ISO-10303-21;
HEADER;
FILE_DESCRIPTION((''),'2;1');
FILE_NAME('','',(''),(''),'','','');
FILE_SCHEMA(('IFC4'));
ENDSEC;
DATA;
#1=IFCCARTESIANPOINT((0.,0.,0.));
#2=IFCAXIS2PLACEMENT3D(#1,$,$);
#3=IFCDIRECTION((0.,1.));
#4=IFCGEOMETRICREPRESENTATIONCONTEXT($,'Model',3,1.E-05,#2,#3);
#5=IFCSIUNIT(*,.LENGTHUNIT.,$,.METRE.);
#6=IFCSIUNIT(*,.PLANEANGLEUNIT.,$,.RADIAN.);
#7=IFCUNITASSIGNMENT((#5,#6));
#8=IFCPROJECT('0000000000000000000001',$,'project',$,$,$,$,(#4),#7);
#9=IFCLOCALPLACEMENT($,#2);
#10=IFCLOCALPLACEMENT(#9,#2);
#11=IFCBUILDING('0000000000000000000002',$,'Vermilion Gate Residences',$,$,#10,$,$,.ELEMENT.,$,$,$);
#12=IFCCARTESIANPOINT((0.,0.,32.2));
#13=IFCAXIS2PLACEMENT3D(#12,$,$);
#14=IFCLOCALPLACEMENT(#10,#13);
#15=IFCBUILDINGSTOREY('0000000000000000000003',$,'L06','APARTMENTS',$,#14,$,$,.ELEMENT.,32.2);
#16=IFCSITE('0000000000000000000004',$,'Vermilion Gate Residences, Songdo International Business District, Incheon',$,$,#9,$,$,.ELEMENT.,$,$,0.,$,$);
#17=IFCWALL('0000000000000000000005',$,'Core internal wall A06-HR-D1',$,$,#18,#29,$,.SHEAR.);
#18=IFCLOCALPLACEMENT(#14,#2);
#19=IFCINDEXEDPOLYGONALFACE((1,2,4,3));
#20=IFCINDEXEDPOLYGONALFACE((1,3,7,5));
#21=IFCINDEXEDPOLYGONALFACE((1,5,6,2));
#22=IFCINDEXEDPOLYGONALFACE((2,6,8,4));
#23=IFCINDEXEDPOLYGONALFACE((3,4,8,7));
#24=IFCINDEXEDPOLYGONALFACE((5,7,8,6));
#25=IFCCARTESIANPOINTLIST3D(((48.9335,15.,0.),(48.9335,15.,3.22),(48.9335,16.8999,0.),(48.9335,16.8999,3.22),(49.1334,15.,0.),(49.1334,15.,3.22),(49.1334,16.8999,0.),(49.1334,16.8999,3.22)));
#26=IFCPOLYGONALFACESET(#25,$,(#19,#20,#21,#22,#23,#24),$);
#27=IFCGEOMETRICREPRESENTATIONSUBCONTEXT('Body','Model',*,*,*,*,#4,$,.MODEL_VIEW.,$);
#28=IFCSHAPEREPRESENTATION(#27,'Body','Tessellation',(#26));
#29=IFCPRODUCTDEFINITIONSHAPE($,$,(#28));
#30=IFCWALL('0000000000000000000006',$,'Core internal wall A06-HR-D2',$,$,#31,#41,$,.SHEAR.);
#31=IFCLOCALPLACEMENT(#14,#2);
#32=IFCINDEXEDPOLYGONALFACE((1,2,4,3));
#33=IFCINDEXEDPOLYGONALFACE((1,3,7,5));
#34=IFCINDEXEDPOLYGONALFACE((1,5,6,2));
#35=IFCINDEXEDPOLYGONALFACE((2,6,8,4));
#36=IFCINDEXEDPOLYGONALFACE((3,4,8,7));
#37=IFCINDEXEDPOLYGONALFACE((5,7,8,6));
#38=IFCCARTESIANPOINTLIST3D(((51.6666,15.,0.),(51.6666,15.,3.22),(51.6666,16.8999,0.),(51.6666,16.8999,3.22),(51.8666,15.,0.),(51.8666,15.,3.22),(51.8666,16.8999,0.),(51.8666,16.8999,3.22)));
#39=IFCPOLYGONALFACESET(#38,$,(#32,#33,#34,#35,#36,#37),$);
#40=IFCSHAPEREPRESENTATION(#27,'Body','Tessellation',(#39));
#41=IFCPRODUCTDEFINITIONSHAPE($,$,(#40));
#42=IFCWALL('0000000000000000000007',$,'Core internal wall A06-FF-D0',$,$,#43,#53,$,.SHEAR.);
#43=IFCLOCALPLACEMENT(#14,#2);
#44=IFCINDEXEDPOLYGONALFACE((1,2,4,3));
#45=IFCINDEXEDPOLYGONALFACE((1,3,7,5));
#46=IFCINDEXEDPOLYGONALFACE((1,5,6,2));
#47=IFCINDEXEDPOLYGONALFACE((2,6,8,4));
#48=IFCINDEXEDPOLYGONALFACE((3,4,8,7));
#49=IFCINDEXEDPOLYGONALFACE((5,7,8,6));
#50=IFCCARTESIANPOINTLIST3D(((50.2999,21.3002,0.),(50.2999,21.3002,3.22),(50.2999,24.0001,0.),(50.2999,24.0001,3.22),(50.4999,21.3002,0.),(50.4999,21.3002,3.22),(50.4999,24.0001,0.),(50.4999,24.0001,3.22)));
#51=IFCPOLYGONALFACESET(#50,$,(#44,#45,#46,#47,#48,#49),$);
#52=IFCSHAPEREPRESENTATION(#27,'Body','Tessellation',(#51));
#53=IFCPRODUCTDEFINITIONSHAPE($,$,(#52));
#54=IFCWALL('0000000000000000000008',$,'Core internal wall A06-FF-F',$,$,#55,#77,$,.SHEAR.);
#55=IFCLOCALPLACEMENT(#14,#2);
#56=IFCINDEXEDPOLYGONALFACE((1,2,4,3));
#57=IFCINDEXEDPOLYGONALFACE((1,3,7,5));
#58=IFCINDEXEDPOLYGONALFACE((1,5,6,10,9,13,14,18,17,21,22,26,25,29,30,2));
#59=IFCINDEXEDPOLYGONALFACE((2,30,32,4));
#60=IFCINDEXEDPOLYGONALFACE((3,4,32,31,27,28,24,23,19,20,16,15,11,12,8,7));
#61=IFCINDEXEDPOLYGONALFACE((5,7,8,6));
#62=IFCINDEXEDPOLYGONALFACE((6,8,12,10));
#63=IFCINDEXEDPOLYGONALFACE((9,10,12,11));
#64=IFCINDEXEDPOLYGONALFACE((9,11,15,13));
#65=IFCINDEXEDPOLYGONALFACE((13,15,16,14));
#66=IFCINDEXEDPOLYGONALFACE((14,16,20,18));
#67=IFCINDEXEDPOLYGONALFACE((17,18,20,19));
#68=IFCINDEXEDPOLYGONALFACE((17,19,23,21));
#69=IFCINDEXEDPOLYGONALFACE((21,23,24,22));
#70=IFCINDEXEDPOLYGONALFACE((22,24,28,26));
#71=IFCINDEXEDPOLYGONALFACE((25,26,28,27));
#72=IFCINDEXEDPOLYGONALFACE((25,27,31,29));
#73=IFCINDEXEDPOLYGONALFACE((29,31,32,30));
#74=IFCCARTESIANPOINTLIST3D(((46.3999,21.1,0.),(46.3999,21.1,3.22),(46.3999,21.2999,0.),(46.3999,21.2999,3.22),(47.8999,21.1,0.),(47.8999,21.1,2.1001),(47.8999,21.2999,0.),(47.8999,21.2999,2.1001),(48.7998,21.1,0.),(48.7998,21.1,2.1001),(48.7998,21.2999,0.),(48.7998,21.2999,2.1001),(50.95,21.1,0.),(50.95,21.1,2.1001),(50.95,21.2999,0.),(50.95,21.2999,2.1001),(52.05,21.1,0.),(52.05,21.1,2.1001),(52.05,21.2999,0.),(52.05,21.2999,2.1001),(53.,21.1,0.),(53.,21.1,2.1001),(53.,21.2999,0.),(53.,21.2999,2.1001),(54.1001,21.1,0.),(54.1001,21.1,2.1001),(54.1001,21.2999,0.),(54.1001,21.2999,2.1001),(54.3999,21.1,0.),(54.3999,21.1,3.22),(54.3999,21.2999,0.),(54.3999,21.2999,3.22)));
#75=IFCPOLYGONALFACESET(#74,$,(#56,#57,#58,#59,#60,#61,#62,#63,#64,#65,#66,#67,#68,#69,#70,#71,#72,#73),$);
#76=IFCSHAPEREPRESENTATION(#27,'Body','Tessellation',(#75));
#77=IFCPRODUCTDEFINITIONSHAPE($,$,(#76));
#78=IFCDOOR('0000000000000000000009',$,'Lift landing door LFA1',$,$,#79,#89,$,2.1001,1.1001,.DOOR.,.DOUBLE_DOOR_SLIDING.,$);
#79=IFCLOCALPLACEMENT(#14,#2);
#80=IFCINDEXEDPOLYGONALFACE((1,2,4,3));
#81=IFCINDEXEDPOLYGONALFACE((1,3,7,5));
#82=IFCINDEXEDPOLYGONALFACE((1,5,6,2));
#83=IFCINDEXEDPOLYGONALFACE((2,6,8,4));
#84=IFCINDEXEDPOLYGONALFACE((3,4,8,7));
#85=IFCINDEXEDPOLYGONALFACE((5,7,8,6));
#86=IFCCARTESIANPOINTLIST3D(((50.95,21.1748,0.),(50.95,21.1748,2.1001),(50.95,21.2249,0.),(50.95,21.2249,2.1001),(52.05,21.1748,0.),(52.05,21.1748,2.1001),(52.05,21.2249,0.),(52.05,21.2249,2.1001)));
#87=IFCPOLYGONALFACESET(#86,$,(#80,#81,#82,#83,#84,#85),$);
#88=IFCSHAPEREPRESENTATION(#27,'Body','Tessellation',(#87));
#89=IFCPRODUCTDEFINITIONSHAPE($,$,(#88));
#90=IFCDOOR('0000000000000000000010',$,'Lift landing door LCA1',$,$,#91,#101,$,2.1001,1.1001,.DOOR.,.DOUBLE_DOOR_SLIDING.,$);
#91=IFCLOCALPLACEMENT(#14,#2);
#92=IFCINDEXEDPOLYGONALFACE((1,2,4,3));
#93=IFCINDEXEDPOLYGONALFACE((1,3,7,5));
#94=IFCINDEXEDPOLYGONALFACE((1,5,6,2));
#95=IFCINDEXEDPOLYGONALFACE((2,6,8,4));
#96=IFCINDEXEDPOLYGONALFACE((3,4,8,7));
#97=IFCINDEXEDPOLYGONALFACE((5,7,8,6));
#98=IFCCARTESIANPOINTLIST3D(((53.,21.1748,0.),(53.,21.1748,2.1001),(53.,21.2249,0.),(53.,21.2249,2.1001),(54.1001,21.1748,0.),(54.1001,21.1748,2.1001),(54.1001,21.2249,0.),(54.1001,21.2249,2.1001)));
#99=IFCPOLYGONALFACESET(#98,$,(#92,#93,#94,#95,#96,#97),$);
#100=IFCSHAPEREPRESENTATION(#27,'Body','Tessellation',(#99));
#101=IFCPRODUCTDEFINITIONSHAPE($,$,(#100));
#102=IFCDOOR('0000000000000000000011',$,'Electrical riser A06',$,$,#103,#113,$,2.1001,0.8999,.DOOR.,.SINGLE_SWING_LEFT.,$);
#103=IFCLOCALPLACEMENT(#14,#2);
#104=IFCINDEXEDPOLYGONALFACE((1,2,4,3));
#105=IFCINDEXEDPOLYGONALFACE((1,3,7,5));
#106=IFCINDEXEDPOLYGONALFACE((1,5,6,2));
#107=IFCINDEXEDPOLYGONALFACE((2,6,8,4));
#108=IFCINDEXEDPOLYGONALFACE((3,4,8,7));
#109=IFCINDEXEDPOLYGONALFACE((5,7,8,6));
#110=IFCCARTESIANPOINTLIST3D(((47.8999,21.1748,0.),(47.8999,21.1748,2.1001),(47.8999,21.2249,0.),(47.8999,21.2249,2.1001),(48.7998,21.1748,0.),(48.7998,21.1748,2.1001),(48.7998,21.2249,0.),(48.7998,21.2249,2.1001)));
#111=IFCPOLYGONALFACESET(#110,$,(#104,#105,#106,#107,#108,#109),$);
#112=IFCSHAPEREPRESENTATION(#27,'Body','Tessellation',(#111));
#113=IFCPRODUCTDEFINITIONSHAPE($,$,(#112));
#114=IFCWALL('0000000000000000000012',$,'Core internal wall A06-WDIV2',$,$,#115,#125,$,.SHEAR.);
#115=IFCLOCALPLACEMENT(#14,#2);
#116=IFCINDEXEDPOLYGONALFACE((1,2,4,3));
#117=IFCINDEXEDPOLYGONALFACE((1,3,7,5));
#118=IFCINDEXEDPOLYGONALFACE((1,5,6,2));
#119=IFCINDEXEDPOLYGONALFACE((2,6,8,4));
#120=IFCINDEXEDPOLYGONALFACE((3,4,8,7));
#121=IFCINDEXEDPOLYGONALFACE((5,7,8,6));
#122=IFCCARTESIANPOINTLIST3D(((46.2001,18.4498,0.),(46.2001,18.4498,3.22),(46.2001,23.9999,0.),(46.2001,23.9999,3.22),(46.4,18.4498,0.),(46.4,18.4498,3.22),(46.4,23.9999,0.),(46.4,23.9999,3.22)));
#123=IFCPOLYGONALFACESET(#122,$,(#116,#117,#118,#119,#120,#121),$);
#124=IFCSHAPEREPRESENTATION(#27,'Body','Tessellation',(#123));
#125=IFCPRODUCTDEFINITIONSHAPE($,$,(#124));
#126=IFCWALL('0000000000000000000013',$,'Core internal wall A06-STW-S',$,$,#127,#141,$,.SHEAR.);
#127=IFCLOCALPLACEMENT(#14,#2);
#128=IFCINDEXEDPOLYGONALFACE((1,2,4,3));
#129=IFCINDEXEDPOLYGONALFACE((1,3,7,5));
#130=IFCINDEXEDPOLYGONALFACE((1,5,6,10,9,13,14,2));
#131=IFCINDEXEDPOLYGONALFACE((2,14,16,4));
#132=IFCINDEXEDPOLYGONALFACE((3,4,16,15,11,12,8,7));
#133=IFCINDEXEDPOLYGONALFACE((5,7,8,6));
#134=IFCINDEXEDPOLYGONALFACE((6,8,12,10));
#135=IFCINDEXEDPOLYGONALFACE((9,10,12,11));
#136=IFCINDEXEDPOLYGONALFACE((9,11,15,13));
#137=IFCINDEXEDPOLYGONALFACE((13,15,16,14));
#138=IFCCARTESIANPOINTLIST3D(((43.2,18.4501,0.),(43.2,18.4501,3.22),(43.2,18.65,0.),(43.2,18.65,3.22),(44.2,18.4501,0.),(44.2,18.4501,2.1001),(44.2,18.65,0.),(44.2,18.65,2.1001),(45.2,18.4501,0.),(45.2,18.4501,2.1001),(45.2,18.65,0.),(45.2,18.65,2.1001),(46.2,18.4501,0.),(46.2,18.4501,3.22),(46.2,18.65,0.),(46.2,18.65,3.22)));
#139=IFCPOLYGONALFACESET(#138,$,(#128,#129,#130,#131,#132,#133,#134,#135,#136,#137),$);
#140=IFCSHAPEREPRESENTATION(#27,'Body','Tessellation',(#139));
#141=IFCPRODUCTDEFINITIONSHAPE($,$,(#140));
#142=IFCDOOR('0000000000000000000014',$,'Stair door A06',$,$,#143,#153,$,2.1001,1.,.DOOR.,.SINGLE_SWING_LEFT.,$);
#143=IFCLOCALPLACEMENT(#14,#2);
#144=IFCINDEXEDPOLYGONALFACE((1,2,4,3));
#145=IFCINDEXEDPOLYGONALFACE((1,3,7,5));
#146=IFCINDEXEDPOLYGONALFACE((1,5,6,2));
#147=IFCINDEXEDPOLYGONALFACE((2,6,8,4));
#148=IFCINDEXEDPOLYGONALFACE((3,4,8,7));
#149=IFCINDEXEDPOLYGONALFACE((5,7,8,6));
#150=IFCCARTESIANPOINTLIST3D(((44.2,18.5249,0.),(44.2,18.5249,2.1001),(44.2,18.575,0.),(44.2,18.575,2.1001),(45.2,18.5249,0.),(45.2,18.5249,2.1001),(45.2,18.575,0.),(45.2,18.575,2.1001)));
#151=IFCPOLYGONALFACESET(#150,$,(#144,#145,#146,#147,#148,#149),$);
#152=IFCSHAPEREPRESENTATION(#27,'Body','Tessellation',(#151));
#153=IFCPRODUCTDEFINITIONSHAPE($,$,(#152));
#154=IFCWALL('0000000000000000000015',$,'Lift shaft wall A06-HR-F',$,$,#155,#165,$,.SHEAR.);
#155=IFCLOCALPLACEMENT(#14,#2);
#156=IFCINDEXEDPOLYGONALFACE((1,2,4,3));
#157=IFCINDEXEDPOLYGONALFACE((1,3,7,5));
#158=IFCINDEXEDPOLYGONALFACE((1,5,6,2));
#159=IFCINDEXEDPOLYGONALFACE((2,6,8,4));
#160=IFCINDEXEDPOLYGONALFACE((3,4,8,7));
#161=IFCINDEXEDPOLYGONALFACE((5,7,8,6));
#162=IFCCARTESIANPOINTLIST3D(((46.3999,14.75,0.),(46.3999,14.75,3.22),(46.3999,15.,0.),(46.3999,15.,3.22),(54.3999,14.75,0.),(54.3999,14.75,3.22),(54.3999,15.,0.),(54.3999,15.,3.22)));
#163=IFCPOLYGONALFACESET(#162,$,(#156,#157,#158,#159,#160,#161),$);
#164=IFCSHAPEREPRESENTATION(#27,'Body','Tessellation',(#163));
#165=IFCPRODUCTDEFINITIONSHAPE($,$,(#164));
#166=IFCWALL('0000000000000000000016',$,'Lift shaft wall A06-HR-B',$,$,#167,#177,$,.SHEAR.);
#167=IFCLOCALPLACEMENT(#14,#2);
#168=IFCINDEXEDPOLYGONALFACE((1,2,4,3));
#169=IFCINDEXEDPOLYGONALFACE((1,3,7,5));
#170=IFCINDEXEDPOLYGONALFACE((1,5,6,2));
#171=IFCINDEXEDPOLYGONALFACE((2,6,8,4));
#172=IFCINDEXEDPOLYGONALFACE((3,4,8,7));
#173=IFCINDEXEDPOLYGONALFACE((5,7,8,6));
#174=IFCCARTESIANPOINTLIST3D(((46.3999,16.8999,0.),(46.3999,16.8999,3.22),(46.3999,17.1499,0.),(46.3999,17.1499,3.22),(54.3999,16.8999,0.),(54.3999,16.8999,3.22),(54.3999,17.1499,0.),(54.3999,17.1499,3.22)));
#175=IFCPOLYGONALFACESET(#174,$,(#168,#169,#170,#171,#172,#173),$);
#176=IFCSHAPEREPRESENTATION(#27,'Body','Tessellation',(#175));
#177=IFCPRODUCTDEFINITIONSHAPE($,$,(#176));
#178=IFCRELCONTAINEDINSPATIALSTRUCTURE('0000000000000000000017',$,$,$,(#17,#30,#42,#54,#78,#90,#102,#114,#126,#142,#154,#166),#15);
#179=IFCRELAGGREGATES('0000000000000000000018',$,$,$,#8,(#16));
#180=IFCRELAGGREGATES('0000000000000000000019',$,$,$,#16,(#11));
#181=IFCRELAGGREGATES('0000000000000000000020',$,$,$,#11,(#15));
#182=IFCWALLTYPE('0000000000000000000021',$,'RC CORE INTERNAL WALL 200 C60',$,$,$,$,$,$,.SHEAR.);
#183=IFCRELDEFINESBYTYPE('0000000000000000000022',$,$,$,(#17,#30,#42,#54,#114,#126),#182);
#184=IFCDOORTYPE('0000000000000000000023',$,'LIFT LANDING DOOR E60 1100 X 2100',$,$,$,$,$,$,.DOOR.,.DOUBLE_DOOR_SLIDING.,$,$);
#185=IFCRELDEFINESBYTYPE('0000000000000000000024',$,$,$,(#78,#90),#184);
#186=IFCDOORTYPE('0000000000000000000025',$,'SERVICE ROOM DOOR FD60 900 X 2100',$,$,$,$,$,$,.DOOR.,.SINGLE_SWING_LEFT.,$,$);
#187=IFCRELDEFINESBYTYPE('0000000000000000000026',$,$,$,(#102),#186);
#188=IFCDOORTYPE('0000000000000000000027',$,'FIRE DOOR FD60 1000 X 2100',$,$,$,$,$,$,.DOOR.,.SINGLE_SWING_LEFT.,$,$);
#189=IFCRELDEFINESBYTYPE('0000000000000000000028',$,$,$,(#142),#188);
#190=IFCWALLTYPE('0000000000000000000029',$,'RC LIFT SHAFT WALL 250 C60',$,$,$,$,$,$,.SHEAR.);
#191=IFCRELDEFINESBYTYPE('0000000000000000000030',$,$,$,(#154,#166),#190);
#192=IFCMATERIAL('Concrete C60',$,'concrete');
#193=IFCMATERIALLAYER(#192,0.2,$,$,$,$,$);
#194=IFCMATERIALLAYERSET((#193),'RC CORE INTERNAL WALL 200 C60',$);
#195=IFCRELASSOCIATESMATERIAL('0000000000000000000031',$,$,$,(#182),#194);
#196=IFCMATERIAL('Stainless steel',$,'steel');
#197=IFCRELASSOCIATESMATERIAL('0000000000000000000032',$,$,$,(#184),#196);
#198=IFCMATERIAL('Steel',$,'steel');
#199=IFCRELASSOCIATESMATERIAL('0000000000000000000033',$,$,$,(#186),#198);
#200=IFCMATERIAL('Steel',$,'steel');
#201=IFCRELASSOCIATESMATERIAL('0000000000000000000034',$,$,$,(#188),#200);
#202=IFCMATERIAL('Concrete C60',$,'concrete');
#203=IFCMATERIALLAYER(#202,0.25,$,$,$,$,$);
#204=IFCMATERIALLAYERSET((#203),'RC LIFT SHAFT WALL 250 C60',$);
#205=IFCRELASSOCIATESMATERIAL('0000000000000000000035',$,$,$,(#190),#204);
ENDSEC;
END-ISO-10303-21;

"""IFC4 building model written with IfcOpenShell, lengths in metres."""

from ifc_helpers import new_model, si_unit, direction, frame, frame_2d, origin, place, context, subcontext, project, spatial, rectangle, extrude, material, layer, layer_set, type_object, element, fill, save


model = new_model("IFC4")

# Units and contexts
model_context = context("Model", 3, precision=1e-05, world=origin(), true_north=direction((0.0, 1.0)))
body_context = subcontext(model_context, "Body", "Model", "MODEL_VIEW")
ifc_project = project(units=[si_unit("LENGTHUNIT", "METRE"), si_unit("PLANEANGLEUNIT", "RADIAN")], contexts=[model_context])

# Site, building, storey
site_placement = place(None, origin())
site = spatial("IfcSite", under=ifc_project, at=site_placement, Name="Vermilion Gate Residences, Songdo International Business District, Incheon", CompositionType="ELEMENT", RefElevation=0.0)
building_placement = place(site_placement, origin())
building = spatial("IfcBuilding", under=site, at=building_placement, Name="Vermilion Gate Residences", CompositionType="ELEMENT")
storey_placement = place(building_placement, frame((0.0, 0.0, 32.2)))
storey = spatial("IfcBuildingStorey", under=building, at=storey_placement, Name="L06", Description="APARTMENTS", CompositionType="ELEMENT", Elevation=32.2)

# Walls
ifc_material_1 = material(Name="Concrete C60", Category="concrete")
ifc_layer_1 = layer(ifc_material_1, 0.2)
ifc_layer_set_1 = layer_set([ifc_layer_1], Name="RC CORE INTERNAL WALL 200 C60")
wall_type_1 = type_object("IfcWallType", Name="RC CORE INTERNAL WALL 200 C60", PredefinedType="SHEAR", material=ifc_layer_set_1)
for number, where, z_axis, x_axis, name in (
    (1, (49.0334, 15.0, 0.0), (0.0, 0.0, 1.0), (0.0, 1.0, 0.0), "Core internal wall A06-HR-D1"),
    (2, (51.7666, 15.0, 0.0), (0.0, 0.0, 1.0), (0.0, 1.0, 0.0), "Core internal wall A06-HR-D2"),
):
    element("IfcWall", number, at=place(storey_placement, frame(where, z_axis=z_axis, x_axis=x_axis)), inside=storey, type_object=wall_type_1, Name=name, PredefinedType="SHEAR", context=body_context, shape_type="SweptSolid", body=[
        extrude(rectangle(XDim=1.8999, YDim=0.2, at=frame_2d((0.95, 0.0))), origin(), (0.0, 0.0, 1.0), 3.22),
    ])
wall_1_placement = place(storey_placement, frame((50.3999, 21.3, 0.0), z_axis=(0.0, 0.0, 1.0), x_axis=(0.0, 1.0, 0.0)))
element("IfcWall", 3, at=wall_1_placement, inside=storey, type_object=wall_type_1, Name="Core internal wall A06-FF-D0", PredefinedType="SHEAR", context=body_context, shape_type="SweptSolid", body=[
    extrude(rectangle(XDim=2.7, YDim=0.2, at=frame_2d((1.3501, 0.0))), origin(), (0.0, 0.0, 1.0), 3.22),
])

# Wall, openings, doors
wall_2_placement = place(storey_placement, frame((46.3999, 21.2, 0.0), z_axis=(0.0, 0.0, 1.0), x_axis=(1.0, 0.0, 0.0)))
wall_2 = element("IfcWall", 4, at=wall_2_placement, inside=storey, type_object=wall_type_1, Name="Core internal wall A06-FF-F", PredefinedType="SHEAR", context=body_context, shape_type="SweptSolid", body=[
    extrude(rectangle(XDim=8.0, YDim=0.2, at=frame_2d((4.0, 0.0))), origin(), (0.0, 0.0, 1.0), 3.22),
])
opening_1_placement = place(wall_2_placement, frame((1.5, 0.0, 0.0)))
opening_1 = element("IfcOpeningElement", 5, at=opening_1_placement, cuts=wall_2, PredefinedType="OPENING", context=body_context, shape_type="SweptSolid", body=[
    extrude(rectangle(XDim=0.8999, YDim=2.1001, at=frame_2d((0.45, 1.05))), frame((0.0, 0.1099, 0.0), z_axis=(0.0, -1.0, 0.0), x_axis=(1.0, 0.0, 0.0)), (0.0, 0.0, 1.0), 0.22),
])
opening_2_placement = place(wall_2_placement, frame((4.55, 0.0, 0.0)))
opening_2 = element("IfcOpeningElement", 6, at=opening_2_placement, cuts=wall_2, PredefinedType="OPENING", context=body_context, shape_type="SweptSolid", body=[
    extrude(rectangle(XDim=1.1001, YDim=2.1001, at=frame_2d((0.55, 1.05))), frame((0.0, 0.1099, 0.0), z_axis=(0.0, -1.0, 0.0), x_axis=(1.0, 0.0, 0.0)), (0.0, 0.0, 1.0), 0.22),
])
opening_3_placement = place(wall_2_placement, frame((6.6001, 0.0, 0.0)))
opening_3 = element("IfcOpeningElement", 7, at=opening_3_placement, cuts=wall_2, PredefinedType="OPENING", context=body_context, shape_type="SweptSolid", body=[
    extrude(rectangle(XDim=1.1001, YDim=2.1001, at=frame_2d((0.55, 1.05))), frame((0.0, 0.1099, 0.0), z_axis=(0.0, -1.0, 0.0), x_axis=(1.0, 0.0, 0.0)), (0.0, 0.0, 1.0), 0.22),
])
ifc_material_2 = material(Name="Stainless steel", Category="steel")
door_type_1 = type_object("IfcDoorType", Name="LIFT LANDING DOOR E60 1100 X 2100", OperationType="DOUBLE_DOOR_SLIDING", PredefinedType="DOOR", material=ifc_material_2)
door_1_placement = place(opening_2_placement, origin())
door_1 = element("IfcDoor", 8, at=door_1_placement, inside=storey, type_object=door_type_1, Name="Lift landing door LFA1", OperationType="DOUBLE_DOOR_SLIDING", OverallHeight=2.1001, OverallWidth=1.1001, PredefinedType="DOOR", context=body_context, shape_type="SweptSolid", body=[
    extrude(rectangle(XDim=1.1001, YDim=2.1001, at=frame_2d((0.55, 1.05))), frame((0.0, 0.0249, 0.0), z_axis=(0.0, -1.0, 0.0), x_axis=(1.0, 0.0, 0.0)), (0.0, 0.0, 1.0), 0.05),
])
fill(opening_2, door_1)
door_2_placement = place(opening_3_placement, origin())
door_2 = element("IfcDoor", 9, at=door_2_placement, inside=storey, type_object=door_type_1, Name="Lift landing door LCA1", OperationType="DOUBLE_DOOR_SLIDING", OverallHeight=2.1001, OverallWidth=1.1001, PredefinedType="DOOR", context=body_context, shape_type="SweptSolid", body=[
    extrude(rectangle(XDim=1.1001, YDim=2.1001, at=frame_2d((0.55, 1.05))), frame((0.0, 0.0249, 0.0), z_axis=(0.0, -1.0, 0.0), x_axis=(1.0, 0.0, 0.0)), (0.0, 0.0, 1.0), 0.05),
])
fill(opening_3, door_2)
ifc_material_3 = material(Name="Steel", Category="steel")
door_type_2 = type_object("IfcDoorType", Name="SERVICE ROOM DOOR FD60 900 X 2100", OperationType="SINGLE_SWING_LEFT", PredefinedType="DOOR", material=ifc_material_3)
door_3_placement = place(opening_1_placement, origin())
door_3 = element("IfcDoor", 10, at=door_3_placement, inside=storey, type_object=door_type_2, Name="Electrical riser A06", OperationType="SINGLE_SWING_LEFT", OverallHeight=2.1001, OverallWidth=0.8999, PredefinedType="DOOR", context=body_context, shape_type="SweptSolid", body=[
    extrude(rectangle(XDim=0.8999, YDim=2.1001, at=frame_2d((0.45, 1.05))), frame((0.0, 0.0249, 0.0), z_axis=(0.0, -1.0, 0.0), x_axis=(1.0, 0.0, 0.0)), (0.0, 0.0, 1.0), 0.05),
])
fill(opening_1, door_3)

# Wall
wall_3_placement = place(storey_placement, frame((46.3, 18.45, 0.0), z_axis=(0.0, 0.0, 1.0), x_axis=(0.0, 1.0, 0.0)))
element("IfcWall", 11, at=wall_3_placement, inside=storey, type_object=wall_type_1, Name="Core internal wall A06-WDIV2", PredefinedType="SHEAR", context=body_context, shape_type="SweptSolid", body=[
    extrude(rectangle(XDim=5.55, YDim=0.2, at=frame_2d((2.7749, 0.0))), origin(), (0.0, 0.0, 1.0), 3.22),
])

# Wall, opening, door
wall_4_placement = place(storey_placement, frame((43.2, 18.55, 0.0), z_axis=(0.0, 0.0, 1.0), x_axis=(1.0, 0.0, 0.0)))
wall_4 = element("IfcWall", 12, at=wall_4_placement, inside=storey, type_object=wall_type_1, Name="Core internal wall A06-STW-S", PredefinedType="SHEAR", context=body_context, shape_type="SweptSolid", body=[
    extrude(rectangle(XDim=3.0, YDim=0.2, at=frame_2d((1.5, 0.0))), origin(), (0.0, 0.0, 1.0), 3.22),
])
opening_4_placement = place(wall_4_placement, frame((1.0, 0.0, 0.0)))
opening_4 = element("IfcOpeningElement", 13, at=opening_4_placement, cuts=wall_4, PredefinedType="OPENING", context=body_context, shape_type="SweptSolid", body=[
    extrude(rectangle(XDim=1.0, YDim=2.1001, at=frame_2d((0.5, 1.05))), frame((0.0, 0.1099, 0.0), z_axis=(0.0, -1.0, 0.0), x_axis=(1.0, 0.0, 0.0)), (0.0, 0.0, 1.0), 0.22),
])
ifc_material_4 = material(Name="Steel", Category="steel")
door_type_3 = type_object("IfcDoorType", Name="FIRE DOOR FD60 1000 X 2100", OperationType="SINGLE_SWING_LEFT", PredefinedType="DOOR", material=ifc_material_4)
door_4_placement = place(opening_4_placement, origin())
door_4 = element("IfcDoor", 14, at=door_4_placement, inside=storey, type_object=door_type_3, Name="Stair door A06", OperationType="SINGLE_SWING_LEFT", OverallHeight=2.1001, OverallWidth=1.0, PredefinedType="DOOR", context=body_context, shape_type="SweptSolid", body=[
    extrude(rectangle(XDim=1.0, YDim=2.1001, at=frame_2d((0.5, 1.05))), frame((0.0, 0.0249, 0.0), z_axis=(0.0, -1.0, 0.0), x_axis=(1.0, 0.0, 0.0)), (0.0, 0.0, 1.0), 0.05),
])
fill(opening_4, door_4)

# Walls
ifc_material_5 = material(Name="Concrete C60", Category="concrete")
ifc_layer_2 = layer(ifc_material_5, 0.25)
ifc_layer_set_2 = layer_set([ifc_layer_2], Name="RC LIFT SHAFT WALL 250 C60")
wall_type_2 = type_object("IfcWallType", Name="RC LIFT SHAFT WALL 250 C60", PredefinedType="SHEAR", material=ifc_layer_set_2)
for number, where, z_axis, x_axis, name in (
    (15, (46.3999, 14.875, 0.0), (0.0, 0.0, 1.0), (1.0, 0.0, 0.0), "Lift shaft wall A06-HR-F"),
    (16, (46.3999, 17.0249, 0.0), (0.0, 0.0, 1.0), (1.0, 0.0, 0.0), "Lift shaft wall A06-HR-B"),
):
    element("IfcWall", number, at=place(storey_placement, frame(where, z_axis=z_axis, x_axis=x_axis)), inside=storey, type_object=wall_type_2, Name=name, PredefinedType="SHEAR", context=body_context, shape_type="SweptSolid", body=[
        extrude(rectangle(XDim=8.0, YDim=0.25, at=frame_2d((4.0, 0.0))), origin(), (0.0, 0.0, 1.0), 3.22),
    ])

save(model, "model.ifc")
